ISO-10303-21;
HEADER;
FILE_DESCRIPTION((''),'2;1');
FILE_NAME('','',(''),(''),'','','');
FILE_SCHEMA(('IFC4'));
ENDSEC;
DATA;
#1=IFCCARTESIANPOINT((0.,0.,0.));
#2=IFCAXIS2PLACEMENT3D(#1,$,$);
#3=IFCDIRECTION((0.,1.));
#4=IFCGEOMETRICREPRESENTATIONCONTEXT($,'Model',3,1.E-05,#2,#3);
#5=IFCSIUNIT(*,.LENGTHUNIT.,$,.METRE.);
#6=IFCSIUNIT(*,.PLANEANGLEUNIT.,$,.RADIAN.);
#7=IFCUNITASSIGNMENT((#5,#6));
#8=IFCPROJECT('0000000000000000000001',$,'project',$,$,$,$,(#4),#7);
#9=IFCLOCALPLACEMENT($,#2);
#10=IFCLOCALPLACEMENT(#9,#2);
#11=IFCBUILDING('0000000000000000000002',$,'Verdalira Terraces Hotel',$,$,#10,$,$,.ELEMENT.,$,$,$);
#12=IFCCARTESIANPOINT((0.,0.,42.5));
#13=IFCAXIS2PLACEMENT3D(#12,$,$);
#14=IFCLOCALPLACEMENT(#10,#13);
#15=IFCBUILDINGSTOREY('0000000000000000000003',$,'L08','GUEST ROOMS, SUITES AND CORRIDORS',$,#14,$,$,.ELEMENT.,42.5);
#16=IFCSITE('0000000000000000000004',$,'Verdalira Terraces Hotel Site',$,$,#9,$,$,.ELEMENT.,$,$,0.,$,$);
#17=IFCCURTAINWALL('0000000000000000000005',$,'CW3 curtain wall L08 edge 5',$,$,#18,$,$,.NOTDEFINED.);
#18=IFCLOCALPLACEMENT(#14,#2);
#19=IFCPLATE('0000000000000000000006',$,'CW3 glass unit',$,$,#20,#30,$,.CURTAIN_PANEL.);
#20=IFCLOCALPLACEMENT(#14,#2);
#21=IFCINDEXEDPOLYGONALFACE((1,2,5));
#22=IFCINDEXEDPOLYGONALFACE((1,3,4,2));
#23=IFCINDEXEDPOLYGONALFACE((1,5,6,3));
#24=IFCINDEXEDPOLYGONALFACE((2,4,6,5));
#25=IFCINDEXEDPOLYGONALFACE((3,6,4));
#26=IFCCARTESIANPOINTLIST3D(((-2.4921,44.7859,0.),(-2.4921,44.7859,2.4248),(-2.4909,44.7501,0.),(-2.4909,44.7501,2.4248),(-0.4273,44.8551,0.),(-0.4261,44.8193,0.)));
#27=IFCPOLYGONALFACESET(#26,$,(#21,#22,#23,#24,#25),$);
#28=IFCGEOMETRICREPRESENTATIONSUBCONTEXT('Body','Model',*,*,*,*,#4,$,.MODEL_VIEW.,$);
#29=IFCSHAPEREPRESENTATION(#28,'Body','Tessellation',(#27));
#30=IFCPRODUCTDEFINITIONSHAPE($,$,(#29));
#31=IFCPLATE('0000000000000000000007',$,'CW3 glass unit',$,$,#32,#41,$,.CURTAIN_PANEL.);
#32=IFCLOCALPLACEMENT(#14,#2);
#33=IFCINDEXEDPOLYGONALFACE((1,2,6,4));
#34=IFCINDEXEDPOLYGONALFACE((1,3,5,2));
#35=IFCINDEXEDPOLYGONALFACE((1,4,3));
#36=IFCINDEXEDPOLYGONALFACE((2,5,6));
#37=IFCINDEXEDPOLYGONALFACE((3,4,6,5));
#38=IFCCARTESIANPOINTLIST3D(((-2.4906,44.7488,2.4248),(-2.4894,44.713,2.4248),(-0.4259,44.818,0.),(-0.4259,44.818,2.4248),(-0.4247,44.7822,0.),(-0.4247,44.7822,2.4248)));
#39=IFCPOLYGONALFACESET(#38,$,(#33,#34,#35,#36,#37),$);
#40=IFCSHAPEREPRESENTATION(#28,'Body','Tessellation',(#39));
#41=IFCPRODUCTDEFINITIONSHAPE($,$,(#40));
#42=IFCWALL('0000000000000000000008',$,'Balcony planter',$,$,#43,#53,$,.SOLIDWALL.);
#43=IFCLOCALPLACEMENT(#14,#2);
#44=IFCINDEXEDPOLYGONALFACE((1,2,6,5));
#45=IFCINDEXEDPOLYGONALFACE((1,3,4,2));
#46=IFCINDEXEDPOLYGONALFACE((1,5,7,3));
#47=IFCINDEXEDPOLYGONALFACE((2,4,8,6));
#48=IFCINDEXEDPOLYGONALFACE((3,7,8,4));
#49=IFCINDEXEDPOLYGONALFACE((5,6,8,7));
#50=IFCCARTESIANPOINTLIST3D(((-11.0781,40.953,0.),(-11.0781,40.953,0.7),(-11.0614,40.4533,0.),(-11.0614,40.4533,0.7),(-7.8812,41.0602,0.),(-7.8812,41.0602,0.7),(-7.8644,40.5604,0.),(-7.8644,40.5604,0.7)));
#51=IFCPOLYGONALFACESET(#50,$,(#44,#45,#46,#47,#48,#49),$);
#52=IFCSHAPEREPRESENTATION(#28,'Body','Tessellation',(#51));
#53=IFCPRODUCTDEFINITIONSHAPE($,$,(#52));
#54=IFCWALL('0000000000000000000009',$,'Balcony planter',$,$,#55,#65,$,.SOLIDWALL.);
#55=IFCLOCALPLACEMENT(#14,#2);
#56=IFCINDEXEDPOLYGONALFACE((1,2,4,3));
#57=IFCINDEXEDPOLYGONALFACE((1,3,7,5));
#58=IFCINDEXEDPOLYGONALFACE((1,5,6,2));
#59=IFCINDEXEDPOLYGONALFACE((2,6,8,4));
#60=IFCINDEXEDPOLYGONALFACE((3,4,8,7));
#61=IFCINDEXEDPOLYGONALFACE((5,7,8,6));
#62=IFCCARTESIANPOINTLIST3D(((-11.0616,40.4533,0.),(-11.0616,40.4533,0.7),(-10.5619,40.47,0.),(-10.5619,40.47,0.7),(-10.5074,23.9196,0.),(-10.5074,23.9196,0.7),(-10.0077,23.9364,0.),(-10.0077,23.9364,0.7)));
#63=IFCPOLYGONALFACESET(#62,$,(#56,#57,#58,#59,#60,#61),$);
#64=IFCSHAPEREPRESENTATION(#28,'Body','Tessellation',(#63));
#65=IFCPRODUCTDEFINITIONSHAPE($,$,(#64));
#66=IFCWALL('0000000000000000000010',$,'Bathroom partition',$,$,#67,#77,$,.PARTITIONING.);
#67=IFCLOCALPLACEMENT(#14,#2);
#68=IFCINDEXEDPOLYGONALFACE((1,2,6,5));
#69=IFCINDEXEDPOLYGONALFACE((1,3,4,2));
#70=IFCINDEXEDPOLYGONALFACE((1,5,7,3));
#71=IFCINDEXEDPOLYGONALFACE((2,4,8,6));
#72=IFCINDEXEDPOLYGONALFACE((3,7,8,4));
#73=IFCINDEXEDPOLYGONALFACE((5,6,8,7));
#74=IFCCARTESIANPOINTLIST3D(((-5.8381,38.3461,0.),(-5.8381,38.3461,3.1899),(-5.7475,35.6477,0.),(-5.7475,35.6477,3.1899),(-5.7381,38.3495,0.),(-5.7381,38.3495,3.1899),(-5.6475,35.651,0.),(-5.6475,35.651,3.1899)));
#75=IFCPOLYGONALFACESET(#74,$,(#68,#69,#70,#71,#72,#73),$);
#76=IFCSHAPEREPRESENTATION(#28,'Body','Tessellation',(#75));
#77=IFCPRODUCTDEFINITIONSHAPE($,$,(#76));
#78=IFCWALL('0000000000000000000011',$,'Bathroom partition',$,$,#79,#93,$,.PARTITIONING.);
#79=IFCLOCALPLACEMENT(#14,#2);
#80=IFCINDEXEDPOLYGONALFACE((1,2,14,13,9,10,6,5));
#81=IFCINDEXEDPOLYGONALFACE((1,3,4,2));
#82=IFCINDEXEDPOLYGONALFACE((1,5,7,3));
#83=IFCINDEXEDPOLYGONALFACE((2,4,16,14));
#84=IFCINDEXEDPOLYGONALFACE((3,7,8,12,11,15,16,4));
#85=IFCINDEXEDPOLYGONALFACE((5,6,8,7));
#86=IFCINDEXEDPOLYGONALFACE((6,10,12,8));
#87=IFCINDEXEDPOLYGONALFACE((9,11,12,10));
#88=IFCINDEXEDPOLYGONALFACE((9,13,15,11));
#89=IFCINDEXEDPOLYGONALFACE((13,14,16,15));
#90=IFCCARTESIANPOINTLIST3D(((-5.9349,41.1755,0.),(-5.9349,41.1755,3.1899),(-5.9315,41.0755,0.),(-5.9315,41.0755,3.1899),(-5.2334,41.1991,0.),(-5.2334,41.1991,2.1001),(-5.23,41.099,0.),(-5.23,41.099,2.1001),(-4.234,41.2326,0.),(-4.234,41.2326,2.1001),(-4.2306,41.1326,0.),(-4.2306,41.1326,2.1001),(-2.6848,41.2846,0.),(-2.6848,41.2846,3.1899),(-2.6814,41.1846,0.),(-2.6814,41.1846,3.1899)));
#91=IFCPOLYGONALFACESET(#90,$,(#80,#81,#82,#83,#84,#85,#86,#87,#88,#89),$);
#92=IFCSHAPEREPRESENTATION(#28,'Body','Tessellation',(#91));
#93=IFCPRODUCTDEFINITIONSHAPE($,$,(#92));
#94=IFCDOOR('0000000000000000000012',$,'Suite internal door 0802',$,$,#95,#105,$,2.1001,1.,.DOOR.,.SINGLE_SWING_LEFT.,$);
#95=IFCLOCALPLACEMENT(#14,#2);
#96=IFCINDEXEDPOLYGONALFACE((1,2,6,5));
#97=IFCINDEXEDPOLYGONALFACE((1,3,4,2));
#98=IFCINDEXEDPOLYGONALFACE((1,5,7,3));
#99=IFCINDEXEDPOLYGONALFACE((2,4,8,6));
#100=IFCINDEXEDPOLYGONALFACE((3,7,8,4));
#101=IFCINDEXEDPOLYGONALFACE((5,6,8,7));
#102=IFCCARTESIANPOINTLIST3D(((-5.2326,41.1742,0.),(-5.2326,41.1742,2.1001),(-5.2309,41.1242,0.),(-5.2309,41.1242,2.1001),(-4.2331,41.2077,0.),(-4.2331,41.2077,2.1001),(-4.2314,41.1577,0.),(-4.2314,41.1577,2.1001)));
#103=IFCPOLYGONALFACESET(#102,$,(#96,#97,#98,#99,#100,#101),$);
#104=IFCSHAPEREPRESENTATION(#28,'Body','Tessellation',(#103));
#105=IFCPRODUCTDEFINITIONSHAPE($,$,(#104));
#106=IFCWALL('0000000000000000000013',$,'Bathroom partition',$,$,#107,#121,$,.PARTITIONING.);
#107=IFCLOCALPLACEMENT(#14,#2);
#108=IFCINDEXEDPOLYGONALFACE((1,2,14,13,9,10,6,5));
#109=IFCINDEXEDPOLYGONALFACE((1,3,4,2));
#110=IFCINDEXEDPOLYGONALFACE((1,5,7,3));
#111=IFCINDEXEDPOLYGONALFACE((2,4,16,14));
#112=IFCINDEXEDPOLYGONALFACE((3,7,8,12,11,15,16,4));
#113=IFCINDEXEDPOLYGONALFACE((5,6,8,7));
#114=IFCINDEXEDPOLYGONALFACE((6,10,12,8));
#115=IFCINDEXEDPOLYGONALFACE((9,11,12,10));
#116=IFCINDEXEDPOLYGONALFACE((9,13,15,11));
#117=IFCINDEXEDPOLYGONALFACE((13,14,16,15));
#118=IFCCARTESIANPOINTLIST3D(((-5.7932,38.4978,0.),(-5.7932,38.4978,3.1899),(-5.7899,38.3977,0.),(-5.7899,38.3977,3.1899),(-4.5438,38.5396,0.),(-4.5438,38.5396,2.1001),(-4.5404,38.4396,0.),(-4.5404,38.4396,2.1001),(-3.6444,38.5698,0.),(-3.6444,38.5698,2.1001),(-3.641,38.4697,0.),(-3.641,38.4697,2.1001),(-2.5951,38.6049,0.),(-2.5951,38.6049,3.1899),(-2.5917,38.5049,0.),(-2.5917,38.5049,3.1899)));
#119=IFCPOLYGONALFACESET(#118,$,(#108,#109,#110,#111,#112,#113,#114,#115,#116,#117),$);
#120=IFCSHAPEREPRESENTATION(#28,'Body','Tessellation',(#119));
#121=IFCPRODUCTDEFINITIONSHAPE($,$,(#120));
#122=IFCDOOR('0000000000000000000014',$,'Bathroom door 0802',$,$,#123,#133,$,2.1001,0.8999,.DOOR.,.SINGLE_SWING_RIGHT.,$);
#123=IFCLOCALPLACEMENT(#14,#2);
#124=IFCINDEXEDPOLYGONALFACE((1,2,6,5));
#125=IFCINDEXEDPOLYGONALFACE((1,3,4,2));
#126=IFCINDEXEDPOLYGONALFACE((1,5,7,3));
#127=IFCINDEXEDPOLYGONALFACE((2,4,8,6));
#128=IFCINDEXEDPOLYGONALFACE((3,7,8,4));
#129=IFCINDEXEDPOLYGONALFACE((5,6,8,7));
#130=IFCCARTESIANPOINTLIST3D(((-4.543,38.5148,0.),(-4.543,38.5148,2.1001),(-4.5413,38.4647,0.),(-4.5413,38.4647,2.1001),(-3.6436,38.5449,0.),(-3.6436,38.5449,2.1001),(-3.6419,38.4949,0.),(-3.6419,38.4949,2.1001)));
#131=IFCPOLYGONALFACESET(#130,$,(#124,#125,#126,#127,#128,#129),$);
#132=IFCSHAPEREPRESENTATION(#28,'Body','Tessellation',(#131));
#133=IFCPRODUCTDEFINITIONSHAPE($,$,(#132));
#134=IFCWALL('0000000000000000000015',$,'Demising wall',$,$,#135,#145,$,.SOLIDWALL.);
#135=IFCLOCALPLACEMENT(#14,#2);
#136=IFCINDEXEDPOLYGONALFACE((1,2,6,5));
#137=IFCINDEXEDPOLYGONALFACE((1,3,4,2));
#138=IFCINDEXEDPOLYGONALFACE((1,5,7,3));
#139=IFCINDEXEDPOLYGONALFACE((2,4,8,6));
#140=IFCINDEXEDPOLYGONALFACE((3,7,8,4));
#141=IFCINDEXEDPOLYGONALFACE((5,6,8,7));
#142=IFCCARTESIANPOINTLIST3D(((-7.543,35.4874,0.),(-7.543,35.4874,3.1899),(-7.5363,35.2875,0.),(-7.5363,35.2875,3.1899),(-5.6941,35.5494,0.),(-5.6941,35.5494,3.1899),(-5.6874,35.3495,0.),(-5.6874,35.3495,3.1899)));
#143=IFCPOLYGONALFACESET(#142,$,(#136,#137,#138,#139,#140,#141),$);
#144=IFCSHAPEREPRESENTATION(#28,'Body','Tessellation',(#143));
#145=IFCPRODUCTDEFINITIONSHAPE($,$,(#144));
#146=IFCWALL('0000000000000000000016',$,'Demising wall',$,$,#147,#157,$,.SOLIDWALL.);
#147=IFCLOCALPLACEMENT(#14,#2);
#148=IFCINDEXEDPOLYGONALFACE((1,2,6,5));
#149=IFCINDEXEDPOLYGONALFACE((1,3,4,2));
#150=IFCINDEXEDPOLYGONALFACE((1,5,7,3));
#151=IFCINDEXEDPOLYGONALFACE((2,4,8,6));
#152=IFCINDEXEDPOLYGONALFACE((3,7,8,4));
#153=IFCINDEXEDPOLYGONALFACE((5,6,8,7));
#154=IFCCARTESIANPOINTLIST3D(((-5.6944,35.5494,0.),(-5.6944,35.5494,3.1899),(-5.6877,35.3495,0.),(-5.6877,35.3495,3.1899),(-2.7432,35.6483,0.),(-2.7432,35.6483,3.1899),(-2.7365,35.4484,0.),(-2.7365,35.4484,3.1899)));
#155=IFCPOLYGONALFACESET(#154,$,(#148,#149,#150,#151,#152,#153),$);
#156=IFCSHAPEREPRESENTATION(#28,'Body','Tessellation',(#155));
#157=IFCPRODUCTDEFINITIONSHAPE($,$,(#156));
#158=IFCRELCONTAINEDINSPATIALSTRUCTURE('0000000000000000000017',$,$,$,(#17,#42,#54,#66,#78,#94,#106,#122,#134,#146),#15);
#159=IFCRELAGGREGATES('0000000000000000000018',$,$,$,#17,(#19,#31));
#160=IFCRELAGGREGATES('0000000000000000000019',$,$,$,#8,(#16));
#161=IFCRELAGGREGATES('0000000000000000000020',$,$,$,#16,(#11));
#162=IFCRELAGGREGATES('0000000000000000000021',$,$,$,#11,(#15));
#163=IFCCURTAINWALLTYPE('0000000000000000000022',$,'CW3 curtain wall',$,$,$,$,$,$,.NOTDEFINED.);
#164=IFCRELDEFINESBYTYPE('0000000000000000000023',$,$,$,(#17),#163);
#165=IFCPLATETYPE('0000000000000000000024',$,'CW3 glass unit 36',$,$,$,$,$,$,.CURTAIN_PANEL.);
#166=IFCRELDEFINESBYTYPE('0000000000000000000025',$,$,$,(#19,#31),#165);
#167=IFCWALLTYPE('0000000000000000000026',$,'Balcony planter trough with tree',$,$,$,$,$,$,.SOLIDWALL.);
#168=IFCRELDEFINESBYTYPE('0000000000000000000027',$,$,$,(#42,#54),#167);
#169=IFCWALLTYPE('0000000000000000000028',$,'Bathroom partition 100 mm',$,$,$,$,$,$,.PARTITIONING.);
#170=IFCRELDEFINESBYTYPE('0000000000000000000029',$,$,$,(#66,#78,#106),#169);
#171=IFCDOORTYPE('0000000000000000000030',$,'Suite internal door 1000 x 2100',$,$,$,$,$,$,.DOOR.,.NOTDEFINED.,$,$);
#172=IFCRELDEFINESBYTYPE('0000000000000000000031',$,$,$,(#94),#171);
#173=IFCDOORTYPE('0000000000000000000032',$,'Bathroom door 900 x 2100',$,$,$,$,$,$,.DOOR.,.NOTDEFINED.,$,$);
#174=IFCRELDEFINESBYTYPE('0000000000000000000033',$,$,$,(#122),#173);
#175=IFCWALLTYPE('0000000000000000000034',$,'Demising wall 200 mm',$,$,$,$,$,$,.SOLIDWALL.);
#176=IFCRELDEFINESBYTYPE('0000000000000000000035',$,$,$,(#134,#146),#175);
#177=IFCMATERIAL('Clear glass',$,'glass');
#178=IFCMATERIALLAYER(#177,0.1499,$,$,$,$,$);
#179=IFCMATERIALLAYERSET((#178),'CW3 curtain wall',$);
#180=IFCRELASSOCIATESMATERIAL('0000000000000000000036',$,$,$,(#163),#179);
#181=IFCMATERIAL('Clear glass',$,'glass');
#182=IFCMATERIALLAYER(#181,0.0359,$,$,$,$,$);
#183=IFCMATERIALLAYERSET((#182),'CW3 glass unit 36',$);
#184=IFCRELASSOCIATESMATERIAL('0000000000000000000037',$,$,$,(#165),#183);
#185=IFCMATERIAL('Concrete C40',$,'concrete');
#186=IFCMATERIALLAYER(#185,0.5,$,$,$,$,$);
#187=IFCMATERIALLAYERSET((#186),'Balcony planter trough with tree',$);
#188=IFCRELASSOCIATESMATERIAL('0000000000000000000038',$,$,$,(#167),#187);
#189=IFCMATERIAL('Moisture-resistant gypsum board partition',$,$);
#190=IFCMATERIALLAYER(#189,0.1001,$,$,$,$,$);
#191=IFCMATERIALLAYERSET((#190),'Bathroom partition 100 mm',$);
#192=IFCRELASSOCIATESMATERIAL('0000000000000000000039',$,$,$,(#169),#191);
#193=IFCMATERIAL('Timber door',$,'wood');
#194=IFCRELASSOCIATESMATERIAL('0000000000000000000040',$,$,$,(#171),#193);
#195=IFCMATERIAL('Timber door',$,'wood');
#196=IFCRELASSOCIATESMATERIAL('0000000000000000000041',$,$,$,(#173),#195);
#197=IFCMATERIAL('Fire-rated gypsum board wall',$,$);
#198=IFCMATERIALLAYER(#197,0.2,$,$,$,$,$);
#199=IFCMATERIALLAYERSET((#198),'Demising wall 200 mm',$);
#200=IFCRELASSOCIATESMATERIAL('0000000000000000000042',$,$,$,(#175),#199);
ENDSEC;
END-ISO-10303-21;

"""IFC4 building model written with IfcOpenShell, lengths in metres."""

from ifc_helpers import new_model, si_unit, direction, frame, frame_2d, origin, place, context, subcontext, project, spatial, polyline, rectangle, outline, extrude, material, layer, layer_set, type_object, element, fill, aggregate, save


model = new_model("IFC4")

# Units and contexts
model_context = context("Model", 3, precision=1e-05, world=origin(), true_north=direction((0.0, 1.0)))
body_context = subcontext(model_context, "Body", "Model", "MODEL_VIEW")
ifc_project = project(units=[si_unit("LENGTHUNIT", "METRE"), si_unit("PLANEANGLEUNIT", "RADIAN")], contexts=[model_context])

# Site, building, storey
site_placement = place(None, origin())
site = spatial("IfcSite", under=ifc_project, at=site_placement, Name="Verdalira Terraces Hotel Site", CompositionType="ELEMENT", RefElevation=0.0)
building_placement = place(site_placement, origin())
building = spatial("IfcBuilding", under=site, at=building_placement, Name="Verdalira Terraces Hotel", CompositionType="ELEMENT")
storey_placement = place(building_placement, frame((0.0, 0.0, 42.5)))
storey = spatial("IfcBuildingStorey", under=building, at=storey_placement, Name="L08", Description="GUEST ROOMS, SUITES AND CORRIDORS", CompositionType="ELEMENT", Elevation=42.5)

# Curtain wall
ifc_material_1 = material(Name="Clear glass", Category="glass")
ifc_layer_1 = layer(ifc_material_1, 0.1499)
ifc_layer_set_1 = layer_set([ifc_layer_1], Name="CW3 curtain wall")
curtain_wall_type_1 = type_object("IfcCurtainWallType", Name="CW3 curtain wall", PredefinedType="NOTDEFINED", material=ifc_layer_set_1)
curtain_wall_1_placement = place(storey_placement, origin())
curtain_wall_1 = element("IfcCurtainWall", 1, at=curtain_wall_1_placement, inside=storey, type_object=curtain_wall_type_1, Name="CW3 curtain wall L08 edge 5", PredefinedType="NOTDEFINED")

# Plates
ifc_material_2 = material(Name="Clear glass", Category="glass")
ifc_layer_2 = layer(ifc_material_2, 0.0359)
ifc_layer_set_2 = layer_set([ifc_layer_2], Name="CW3 glass unit 36")
plate_type_1 = type_object("IfcPlateType", Name="CW3 glass unit 36", PredefinedType="CURTAIN_PANEL", material=ifc_layer_set_2)
plate_1_placement = place(storey_placement, frame((-1.4585, 44.7847, 1.2124), z_axis=(-0.033504, 0.999439, 0.0), x_axis=(-0.999439, -0.033504, 0.0)))
plate_1 = element("IfcPlate", 2, at=plate_1_placement, type_object=plate_type_1, Name="CW3 glass unit", PredefinedType="CURTAIN_PANEL", context=body_context, shape_type="SweptSolid", body=[
    extrude(outline(polyline([(-1.033, -1.2124), (1.033, -1.2124), (1.033, 1.2124), (-1.033, -1.2124)])), origin(), (0.0, 0.0, 1.0), 0.0359),
])
plate_2_placement = place(storey_placement, frame((-1.457, 44.7476, 1.2124), z_axis=(-0.033504, 0.999439, 0.0), x_axis=(-0.999439, -0.033504, 0.0)))
plate_2 = element("IfcPlate", 3, at=plate_2_placement, type_object=plate_type_1, Name="CW3 glass unit", PredefinedType="CURTAIN_PANEL", context=body_context, shape_type="SweptSolid", body=[
    extrude(outline(polyline([(-1.033, -1.2124), (1.033, 1.2124), (-1.033, 1.2124), (-1.033, -1.2124)])), origin(), (0.0, 0.0, 1.0), 0.0359),
])
aggregate(curtain_wall_1, [plate_1, plate_2])

# Walls
ifc_material_3 = material(Name="Concrete C40", Category="concrete")
ifc_layer_3 = layer(ifc_material_3, 0.5)
ifc_layer_set_3 = layer_set([ifc_layer_3], Name="Balcony planter trough with tree")
wall_type_1 = type_object("IfcWallType", Name="Balcony planter trough with tree", PredefinedType="SOLIDWALL", material=ifc_layer_set_3)
wall_1_placement = place(storey_placement, frame((-7.8728, 40.8103, 0.0), z_axis=(0.0, 0.0, 1.0), x_axis=(-0.999439, -0.033505, 0.0)))
element("IfcWall", 4, at=wall_1_placement, inside=storey, type_object=wall_type_1, Name="Balcony planter", PredefinedType="SOLIDWALL", context=body_context, shape_type="SweptSolid", body=[
    extrude(rectangle(XDim=3.1987, YDim=0.5, at=frame_2d((1.5994, 0.0))), origin(), (0.0, 0.0, 1.0), 0.7),
])
wall_2_placement = place(storey_placement, frame((-10.8118, 40.4617, 0.0), z_axis=(0.0, 0.0, 1.0), x_axis=(0.033501, -0.999439, 0.0)))
element("IfcWall", 5, at=wall_2_placement, inside=storey, type_object=wall_type_1, Name="Balcony planter", PredefinedType="SOLIDWALL", context=body_context, shape_type="SweptSolid", body=[
    extrude(rectangle(XDim=16.543, YDim=0.5, at=frame_2d((8.2715, 0.0))), origin(), (0.0, 0.0, 1.0), 0.7),
])
ifc_material_4 = material(Name="Moisture-resistant gypsum board partition")
ifc_layer_4 = layer(ifc_material_4, 0.1001)
ifc_layer_set_4 = layer_set([ifc_layer_4], Name="Bathroom partition 100 mm")
wall_type_2 = type_object("IfcWallType", Name="Bathroom partition 100 mm", PredefinedType="PARTITIONING", material=ifc_layer_set_4)
wall_3_placement = place(storey_placement, frame((-5.7881, 38.3479, 0.0), z_axis=(0.0, 0.0, 1.0), x_axis=(0.033547, -0.999437, 0.0)))
element("IfcWall", 6, at=wall_3_placement, inside=storey, type_object=wall_type_2, Name="Bathroom partition", PredefinedType="PARTITIONING", context=body_context, shape_type="SweptSolid", body=[
    extrude(rectangle(XDim=2.7, YDim=0.1001, at=frame_2d((1.3501, 0.0))), origin(), (0.0, 0.0, 1.0), 3.1899),
])

# Walls, openings, doors
wall_4_placement = place(storey_placement, frame((-2.6831, 41.2346, 0.0), z_axis=(0.0, 0.0, 1.0), x_axis=(-0.999437, -0.03356, 0.0)))
wall_4 = element("IfcWall", 7, at=wall_4_placement, inside=storey, type_object=wall_type_2, Name="Bathroom partition", PredefinedType="PARTITIONING", context=body_context, shape_type="SweptSolid", body=[
    extrude(rectangle(XDim=3.252, YDim=0.1001, at=frame_2d((1.626, 0.0))), origin(), (0.0, 0.0, 1.0), 3.1899),
])
opening_1_placement = place(wall_4_placement, frame((1.55, 0.0, 0.0)))
opening_1 = element("IfcOpeningElement", 8, at=opening_1_placement, cuts=wall_4, PredefinedType="OPENING", context=body_context, shape_type="SweptSolid", body=[
    extrude(rectangle(XDim=1.0, YDim=2.1001, at=frame_2d((0.5, 1.05))), frame((0.0, 0.0601, 0.0), z_axis=(0.0, -1.0, 0.0), x_axis=(1.0, 0.0, 0.0)), (0.0, 0.0, 1.0), 0.1201),
])
ifc_material_5 = material(Name="Timber door", Category="wood")
door_type_1 = type_object("IfcDoorType", Name="Suite internal door 1000 x 2100", OperationType="NOTDEFINED", PredefinedType="DOOR", material=ifc_material_5)
door_1_placement = place(opening_1_placement, origin())
door_1 = element("IfcDoor", 9, at=door_1_placement, inside=storey, type_object=door_type_1, Name="Suite internal door 0802", OperationType="SINGLE_SWING_LEFT", OverallHeight=2.1001, OverallWidth=1.0, PredefinedType="DOOR", context=body_context, shape_type="SweptSolid", body=[
    extrude(rectangle(XDim=1.0, YDim=2.1001, at=frame_2d((0.5, 1.05))), frame((0.0, 0.0249, 0.0), z_axis=(0.0, -1.0, 0.0), x_axis=(1.0, 0.0, 0.0)), (0.0, 0.0, 1.0), 0.05),
])
fill(opening_1, door_1)
wall_5_placement = place(storey_placement, frame((-2.5933, 38.5549, 0.0), z_axis=(0.0, 0.0, 1.0), x_axis=(-0.999439, -0.033493, 0.0)))
wall_5 = element("IfcWall", 10, at=wall_5_placement, inside=storey, type_object=wall_type_2, Name="Bathroom partition", PredefinedType="PARTITIONING", context=body_context, shape_type="SweptSolid", body=[
    extrude(rectangle(XDim=3.2, YDim=0.1001, at=frame_2d((1.6001, 0.0))), origin(), (0.0, 0.0, 1.0), 3.1899),
])
opening_2_placement = place(wall_5_placement, frame((1.05, 0.0, 0.0)))
opening_2 = element("IfcOpeningElement", 11, at=opening_2_placement, cuts=wall_5, PredefinedType="OPENING", context=body_context, shape_type="SweptSolid", body=[
    extrude(rectangle(XDim=0.8999, YDim=2.1001, at=frame_2d((0.45, 1.05))), frame((0.0, 0.0601, 0.0), z_axis=(0.0, -1.0, 0.0), x_axis=(1.0, 0.0, 0.0)), (0.0, 0.0, 1.0), 0.1201),
])
ifc_material_6 = material(Name="Timber door", Category="wood")
door_type_2 = type_object("IfcDoorType", Name="Bathroom door 900 x 2100", OperationType="NOTDEFINED", PredefinedType="DOOR", material=ifc_material_6)
door_2_placement = place(opening_2_placement, origin())
door_2 = element("IfcDoor", 12, at=door_2_placement, inside=storey, type_object=door_type_2, Name="Bathroom door 0802", OperationType="SINGLE_SWING_RIGHT", OverallHeight=2.1001, OverallWidth=0.8999, PredefinedType="DOOR", context=body_context, shape_type="SweptSolid", body=[
    extrude(rectangle(XDim=0.8999, YDim=2.1001, at=frame_2d((0.45, 1.05))), frame((0.0, 0.0249, 0.0), z_axis=(0.0, -1.0, 0.0), x_axis=(1.0, 0.0, 0.0)), (0.0, 0.0, 1.0), 0.05),
])
fill(opening_2, door_2)

# Walls
ifc_material_7 = material(Name="Fire-rated gypsum board wall")
ifc_layer_5 = layer(ifc_material_7, 0.2)
ifc_layer_set_5 = layer_set([ifc_layer_5], Name="Demising wall 200 mm")
wall_type_3 = type_object("IfcWallType", Name="Demising wall 200 mm", PredefinedType="SOLIDWALL", material=ifc_layer_set_5)
wall_6_placement = place(storey_placement, frame((-5.6909, 35.4495, 0.0), z_axis=(0.0, 0.0, 1.0), x_axis=(-0.999438, -0.033521, 0.0)))
element("IfcWall", 13, at=wall_6_placement, inside=storey, type_object=wall_type_3, Name="Demising wall", PredefinedType="SOLIDWALL", context=body_context, shape_type="SweptSolid", body=[
    extrude(rectangle(XDim=1.8499, YDim=0.2, at=frame_2d((0.9248, 0.0))), origin(), (0.0, 0.0, 1.0), 3.1899),
])
wall_7_placement = place(storey_placement, frame((-2.7397, 35.5483, 0.0), z_axis=(0.0, 0.0, 1.0), x_axis=(-0.999439, -0.033486, 0.0)))
element("IfcWall", 14, at=wall_7_placement, inside=storey, type_object=wall_type_3, Name="Demising wall", PredefinedType="SOLIDWALL", context=body_context, shape_type="SweptSolid", body=[
    extrude(rectangle(XDim=2.9529, YDim=0.2, at=frame_2d((1.4766, 0.0))), origin(), (0.0, 0.0, 1.0), 3.1899),
])

save(model, "model.ifc")
